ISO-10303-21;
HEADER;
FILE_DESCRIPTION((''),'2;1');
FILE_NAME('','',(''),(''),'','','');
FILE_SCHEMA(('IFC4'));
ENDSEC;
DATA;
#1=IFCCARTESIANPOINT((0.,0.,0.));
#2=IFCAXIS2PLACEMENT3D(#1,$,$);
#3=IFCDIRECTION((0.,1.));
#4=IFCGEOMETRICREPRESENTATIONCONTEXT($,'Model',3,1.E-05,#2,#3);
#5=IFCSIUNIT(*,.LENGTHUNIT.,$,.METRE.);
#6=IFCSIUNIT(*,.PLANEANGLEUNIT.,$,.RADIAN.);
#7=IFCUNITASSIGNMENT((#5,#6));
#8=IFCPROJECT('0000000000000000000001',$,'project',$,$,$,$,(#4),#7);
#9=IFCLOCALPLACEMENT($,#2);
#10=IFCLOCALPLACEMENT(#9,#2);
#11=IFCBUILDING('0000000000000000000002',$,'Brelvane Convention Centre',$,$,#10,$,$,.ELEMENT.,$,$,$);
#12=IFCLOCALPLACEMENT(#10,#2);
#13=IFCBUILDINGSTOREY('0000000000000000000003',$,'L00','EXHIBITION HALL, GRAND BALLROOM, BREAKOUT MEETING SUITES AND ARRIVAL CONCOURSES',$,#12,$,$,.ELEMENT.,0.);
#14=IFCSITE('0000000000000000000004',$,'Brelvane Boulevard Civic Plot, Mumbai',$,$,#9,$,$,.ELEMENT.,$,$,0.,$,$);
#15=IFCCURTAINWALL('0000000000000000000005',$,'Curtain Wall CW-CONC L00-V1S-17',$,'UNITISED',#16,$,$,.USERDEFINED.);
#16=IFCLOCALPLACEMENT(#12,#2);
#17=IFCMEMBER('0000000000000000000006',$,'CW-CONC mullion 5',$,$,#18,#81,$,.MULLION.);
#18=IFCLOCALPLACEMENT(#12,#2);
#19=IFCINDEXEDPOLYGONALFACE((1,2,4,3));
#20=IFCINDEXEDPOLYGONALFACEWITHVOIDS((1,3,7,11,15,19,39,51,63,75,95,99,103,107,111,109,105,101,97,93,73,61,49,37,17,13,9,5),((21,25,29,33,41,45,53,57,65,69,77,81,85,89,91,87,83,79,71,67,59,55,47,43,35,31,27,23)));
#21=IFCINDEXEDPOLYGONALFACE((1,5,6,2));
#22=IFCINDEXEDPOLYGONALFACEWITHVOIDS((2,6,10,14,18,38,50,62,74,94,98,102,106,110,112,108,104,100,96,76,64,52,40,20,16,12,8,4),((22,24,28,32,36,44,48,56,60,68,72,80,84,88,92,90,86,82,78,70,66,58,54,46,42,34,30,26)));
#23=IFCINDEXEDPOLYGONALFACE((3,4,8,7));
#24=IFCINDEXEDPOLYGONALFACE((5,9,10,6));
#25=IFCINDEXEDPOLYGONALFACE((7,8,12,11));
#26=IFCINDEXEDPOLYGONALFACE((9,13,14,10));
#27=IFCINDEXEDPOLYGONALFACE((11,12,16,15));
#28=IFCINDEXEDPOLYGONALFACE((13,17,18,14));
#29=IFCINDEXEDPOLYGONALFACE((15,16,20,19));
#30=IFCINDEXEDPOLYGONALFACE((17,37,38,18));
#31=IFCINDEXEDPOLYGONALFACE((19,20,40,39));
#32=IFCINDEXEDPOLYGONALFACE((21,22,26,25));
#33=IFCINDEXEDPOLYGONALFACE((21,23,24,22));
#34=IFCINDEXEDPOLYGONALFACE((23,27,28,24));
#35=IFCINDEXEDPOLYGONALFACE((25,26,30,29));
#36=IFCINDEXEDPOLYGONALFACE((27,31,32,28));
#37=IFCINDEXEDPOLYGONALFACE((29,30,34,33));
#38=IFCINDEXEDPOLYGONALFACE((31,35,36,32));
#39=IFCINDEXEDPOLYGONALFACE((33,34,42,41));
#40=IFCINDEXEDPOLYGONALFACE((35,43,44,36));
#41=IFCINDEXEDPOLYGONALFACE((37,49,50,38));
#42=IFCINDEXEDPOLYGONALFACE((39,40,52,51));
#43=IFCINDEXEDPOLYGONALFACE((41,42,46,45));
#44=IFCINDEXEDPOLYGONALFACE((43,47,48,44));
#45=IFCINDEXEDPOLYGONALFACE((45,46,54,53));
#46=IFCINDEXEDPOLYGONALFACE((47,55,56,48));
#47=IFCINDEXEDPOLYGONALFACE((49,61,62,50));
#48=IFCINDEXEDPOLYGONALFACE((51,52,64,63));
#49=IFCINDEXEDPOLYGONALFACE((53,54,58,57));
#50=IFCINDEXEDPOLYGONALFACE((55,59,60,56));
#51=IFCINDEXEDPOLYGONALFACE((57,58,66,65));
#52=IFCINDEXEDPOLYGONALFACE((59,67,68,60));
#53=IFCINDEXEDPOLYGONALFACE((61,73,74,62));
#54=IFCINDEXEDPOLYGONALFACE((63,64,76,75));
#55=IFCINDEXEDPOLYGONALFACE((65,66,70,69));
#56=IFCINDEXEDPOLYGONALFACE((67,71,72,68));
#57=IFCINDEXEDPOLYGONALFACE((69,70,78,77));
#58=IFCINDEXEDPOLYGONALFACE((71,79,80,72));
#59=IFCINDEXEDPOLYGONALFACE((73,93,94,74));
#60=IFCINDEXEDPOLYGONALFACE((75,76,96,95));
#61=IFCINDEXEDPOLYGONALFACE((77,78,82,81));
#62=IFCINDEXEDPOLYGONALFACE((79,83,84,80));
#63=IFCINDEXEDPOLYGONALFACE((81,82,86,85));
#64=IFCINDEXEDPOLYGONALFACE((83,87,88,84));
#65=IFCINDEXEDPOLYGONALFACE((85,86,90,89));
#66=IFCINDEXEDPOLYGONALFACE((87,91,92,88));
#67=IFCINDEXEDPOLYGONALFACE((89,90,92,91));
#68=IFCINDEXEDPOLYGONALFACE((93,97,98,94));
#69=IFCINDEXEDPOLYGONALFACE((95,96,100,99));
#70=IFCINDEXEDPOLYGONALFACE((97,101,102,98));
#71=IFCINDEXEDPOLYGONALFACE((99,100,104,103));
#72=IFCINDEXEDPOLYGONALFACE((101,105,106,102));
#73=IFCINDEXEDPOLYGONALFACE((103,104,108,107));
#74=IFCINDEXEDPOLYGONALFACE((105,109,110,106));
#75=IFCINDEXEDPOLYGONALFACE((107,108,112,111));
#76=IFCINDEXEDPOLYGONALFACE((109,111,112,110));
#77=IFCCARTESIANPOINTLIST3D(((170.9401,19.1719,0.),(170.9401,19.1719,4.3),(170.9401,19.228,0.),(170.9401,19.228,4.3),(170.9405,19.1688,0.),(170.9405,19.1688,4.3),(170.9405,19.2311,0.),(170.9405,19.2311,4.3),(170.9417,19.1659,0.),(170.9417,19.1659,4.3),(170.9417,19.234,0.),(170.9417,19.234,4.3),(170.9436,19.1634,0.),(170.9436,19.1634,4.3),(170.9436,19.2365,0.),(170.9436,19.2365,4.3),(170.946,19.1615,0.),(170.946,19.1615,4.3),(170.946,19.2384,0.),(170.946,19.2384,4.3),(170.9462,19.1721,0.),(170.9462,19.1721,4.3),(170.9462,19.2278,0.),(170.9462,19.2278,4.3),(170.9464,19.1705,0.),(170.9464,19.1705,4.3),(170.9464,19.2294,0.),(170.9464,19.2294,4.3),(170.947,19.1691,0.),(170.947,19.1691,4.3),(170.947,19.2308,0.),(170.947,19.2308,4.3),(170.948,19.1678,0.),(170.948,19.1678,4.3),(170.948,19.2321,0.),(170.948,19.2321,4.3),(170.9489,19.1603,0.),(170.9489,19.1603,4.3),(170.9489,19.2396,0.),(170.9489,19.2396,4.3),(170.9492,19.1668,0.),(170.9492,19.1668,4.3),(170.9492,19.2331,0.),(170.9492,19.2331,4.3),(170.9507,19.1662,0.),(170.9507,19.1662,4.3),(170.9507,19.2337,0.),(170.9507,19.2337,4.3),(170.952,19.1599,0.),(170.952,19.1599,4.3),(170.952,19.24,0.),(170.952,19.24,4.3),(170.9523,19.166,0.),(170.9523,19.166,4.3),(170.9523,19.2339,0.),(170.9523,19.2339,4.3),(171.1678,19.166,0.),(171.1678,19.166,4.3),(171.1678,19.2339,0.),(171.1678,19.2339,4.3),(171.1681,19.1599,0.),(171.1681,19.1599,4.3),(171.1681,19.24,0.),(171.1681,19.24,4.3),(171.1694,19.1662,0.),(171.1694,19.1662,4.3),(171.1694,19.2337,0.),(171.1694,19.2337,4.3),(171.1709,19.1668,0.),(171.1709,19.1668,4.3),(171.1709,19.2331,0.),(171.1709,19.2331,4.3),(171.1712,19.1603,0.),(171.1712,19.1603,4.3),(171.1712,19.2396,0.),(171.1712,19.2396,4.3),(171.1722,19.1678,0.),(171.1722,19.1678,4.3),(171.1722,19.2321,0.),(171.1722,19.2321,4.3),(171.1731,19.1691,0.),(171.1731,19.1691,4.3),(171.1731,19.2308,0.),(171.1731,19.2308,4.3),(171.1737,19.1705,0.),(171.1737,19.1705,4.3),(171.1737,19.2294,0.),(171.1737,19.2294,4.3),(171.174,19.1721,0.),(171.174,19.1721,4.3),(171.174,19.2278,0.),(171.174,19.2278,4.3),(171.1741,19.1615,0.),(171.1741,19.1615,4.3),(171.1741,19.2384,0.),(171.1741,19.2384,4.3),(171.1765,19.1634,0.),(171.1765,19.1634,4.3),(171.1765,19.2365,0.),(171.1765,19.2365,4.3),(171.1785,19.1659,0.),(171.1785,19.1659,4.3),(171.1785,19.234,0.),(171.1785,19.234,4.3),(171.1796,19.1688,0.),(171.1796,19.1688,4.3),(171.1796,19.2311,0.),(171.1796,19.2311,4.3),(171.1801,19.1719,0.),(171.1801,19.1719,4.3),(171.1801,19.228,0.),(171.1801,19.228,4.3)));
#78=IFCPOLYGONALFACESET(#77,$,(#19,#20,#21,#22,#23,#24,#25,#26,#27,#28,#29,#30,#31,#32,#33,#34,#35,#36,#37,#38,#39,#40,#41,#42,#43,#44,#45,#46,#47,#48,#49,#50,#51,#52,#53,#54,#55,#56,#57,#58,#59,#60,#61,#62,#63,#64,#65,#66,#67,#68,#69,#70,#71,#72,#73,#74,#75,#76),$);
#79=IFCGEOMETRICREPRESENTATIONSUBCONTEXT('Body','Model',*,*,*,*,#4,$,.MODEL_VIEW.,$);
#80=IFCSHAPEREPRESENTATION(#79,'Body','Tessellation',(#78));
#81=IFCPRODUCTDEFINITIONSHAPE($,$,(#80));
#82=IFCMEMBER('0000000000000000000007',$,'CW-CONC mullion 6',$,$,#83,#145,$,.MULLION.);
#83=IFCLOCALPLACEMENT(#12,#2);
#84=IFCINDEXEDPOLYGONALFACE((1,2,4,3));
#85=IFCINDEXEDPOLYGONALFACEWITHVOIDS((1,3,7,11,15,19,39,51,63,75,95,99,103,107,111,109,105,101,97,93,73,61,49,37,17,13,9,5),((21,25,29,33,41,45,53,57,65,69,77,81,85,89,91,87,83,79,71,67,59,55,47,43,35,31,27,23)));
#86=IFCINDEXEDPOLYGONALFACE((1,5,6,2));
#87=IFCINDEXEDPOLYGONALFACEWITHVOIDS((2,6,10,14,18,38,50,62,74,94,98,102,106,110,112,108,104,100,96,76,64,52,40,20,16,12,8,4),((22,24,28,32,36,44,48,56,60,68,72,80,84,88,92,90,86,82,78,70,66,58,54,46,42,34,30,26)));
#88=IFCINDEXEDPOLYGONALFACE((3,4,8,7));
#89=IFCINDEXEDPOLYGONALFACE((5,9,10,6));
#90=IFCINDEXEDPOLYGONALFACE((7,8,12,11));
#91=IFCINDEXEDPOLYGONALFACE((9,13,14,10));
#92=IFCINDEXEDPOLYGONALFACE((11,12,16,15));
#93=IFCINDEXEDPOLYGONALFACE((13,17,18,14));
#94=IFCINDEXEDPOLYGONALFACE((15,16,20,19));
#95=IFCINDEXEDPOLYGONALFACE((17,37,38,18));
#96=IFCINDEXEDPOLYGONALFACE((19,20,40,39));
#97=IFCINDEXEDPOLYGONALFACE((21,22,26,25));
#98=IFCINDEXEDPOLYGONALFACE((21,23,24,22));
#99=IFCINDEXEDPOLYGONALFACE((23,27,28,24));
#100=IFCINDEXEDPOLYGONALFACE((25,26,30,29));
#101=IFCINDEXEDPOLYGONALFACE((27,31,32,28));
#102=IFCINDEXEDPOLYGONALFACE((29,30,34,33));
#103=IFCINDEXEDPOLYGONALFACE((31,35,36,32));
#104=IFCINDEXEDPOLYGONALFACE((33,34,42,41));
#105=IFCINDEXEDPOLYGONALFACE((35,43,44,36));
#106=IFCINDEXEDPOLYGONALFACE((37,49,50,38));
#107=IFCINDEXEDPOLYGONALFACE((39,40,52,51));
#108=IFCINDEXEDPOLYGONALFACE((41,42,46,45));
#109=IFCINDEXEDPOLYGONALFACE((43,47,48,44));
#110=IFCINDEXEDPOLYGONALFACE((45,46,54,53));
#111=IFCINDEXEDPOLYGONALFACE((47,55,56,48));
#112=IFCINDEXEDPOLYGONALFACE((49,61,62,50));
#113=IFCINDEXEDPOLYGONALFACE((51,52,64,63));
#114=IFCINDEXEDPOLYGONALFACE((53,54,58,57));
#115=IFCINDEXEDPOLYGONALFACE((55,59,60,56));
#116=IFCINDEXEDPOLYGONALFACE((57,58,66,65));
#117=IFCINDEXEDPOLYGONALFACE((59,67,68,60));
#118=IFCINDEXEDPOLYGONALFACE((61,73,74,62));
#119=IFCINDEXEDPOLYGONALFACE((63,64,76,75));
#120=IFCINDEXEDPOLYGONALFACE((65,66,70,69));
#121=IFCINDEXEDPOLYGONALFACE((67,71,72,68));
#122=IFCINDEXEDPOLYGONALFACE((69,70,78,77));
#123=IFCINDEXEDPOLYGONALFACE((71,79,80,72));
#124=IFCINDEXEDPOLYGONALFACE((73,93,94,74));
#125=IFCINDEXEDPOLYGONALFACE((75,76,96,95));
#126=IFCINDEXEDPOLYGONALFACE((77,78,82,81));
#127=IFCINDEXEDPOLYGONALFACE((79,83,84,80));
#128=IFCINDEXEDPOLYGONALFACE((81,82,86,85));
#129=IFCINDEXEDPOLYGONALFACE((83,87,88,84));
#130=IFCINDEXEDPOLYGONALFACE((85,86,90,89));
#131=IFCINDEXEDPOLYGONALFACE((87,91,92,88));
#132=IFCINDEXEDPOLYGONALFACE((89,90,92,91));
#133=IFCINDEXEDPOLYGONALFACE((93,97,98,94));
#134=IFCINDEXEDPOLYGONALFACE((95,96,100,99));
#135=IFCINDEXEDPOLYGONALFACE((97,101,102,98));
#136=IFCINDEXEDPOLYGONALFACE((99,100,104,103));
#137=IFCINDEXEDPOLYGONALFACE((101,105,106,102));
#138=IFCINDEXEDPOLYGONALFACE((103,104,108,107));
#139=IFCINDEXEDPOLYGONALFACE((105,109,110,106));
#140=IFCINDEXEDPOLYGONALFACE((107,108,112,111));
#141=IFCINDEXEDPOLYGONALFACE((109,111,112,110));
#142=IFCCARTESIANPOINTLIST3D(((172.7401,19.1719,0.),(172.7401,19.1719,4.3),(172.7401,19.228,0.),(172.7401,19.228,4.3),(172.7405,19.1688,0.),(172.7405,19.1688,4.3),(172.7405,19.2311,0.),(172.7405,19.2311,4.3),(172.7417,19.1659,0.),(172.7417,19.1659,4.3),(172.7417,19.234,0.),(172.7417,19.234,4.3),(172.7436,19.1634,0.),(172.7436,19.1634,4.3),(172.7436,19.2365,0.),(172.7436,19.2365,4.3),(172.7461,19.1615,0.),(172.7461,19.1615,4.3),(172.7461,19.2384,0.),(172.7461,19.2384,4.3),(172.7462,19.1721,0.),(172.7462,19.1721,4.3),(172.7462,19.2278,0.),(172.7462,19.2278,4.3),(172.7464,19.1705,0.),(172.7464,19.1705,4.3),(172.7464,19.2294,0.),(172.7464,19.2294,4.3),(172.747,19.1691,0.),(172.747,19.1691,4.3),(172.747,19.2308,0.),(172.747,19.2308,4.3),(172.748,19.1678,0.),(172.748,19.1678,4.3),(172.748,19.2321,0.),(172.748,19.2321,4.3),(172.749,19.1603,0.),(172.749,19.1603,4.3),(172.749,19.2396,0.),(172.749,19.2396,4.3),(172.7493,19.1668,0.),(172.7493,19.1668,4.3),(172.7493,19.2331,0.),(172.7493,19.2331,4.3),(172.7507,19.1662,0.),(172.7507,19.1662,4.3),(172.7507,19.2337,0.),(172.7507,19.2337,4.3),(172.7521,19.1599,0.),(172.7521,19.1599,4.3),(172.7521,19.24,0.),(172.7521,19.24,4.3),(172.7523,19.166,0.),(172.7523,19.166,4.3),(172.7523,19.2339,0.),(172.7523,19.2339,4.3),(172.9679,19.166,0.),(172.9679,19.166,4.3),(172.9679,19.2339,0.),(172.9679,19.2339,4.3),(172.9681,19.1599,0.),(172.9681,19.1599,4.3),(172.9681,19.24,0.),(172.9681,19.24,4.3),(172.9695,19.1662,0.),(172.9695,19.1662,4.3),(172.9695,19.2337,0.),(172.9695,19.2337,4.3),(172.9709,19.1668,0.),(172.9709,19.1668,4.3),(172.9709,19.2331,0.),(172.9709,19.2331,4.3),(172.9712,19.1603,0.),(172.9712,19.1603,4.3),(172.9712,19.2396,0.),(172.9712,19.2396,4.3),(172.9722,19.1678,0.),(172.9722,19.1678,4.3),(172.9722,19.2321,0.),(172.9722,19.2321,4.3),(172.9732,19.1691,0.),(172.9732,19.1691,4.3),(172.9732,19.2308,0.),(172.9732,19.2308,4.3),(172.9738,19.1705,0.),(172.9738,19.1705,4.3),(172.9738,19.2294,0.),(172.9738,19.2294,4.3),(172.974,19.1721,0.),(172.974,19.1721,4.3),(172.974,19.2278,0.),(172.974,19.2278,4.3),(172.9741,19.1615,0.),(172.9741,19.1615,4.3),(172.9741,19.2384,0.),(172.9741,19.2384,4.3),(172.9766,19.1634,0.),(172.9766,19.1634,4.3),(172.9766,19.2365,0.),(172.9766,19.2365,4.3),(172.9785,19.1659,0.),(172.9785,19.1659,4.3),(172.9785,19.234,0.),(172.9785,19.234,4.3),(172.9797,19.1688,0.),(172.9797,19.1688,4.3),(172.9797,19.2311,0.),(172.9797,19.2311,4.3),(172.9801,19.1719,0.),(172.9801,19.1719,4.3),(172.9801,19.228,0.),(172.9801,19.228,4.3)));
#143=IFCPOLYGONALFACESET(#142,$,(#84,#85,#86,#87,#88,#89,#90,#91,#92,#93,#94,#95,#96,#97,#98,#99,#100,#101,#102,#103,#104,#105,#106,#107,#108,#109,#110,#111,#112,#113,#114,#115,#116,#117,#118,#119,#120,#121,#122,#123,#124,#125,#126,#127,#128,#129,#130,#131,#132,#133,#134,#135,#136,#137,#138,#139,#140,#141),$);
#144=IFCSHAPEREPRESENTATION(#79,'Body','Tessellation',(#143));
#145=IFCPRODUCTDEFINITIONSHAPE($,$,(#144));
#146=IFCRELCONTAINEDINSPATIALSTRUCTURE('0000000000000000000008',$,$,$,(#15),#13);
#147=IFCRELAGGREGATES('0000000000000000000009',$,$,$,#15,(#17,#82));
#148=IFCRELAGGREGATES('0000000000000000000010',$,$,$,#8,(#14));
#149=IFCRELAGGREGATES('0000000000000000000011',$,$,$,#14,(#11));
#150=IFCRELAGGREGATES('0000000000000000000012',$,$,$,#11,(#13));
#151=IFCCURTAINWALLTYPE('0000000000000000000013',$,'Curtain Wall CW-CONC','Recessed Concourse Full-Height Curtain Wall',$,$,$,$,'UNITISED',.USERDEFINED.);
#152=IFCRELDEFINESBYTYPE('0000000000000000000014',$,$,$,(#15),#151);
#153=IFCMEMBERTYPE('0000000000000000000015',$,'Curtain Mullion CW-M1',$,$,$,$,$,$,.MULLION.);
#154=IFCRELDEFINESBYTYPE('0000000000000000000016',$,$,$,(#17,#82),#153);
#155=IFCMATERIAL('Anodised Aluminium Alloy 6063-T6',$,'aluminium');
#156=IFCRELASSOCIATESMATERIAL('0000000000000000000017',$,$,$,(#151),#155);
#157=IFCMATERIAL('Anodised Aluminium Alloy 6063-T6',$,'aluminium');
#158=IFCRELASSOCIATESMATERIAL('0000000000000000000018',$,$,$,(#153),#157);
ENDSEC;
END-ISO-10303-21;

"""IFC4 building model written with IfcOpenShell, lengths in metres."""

from ifc_helpers import new_model, si_unit, direction, frame, origin, origin_2d, place, context, subcontext, project, spatial, hollow_rectangle, extrude, material, material_profile, profile_set, type_object, element, aggregate, save


model = new_model("IFC4")

# Units and contexts
model_context = context("Model", 3, precision=1e-05, world=origin(), true_north=direction((0.0, 1.0)))
body_context = subcontext(model_context, "Body", "Model", "MODEL_VIEW")
ifc_project = project(units=[si_unit("LENGTHUNIT", "METRE"), si_unit("PLANEANGLEUNIT", "RADIAN")], contexts=[model_context])

# Site, building, storey
site_placement = place(None, origin())
site = spatial("IfcSite", under=ifc_project, at=site_placement, Name="Brelvane Boulevard Civic Plot, Mumbai", CompositionType="ELEMENT", RefElevation=0.0)
building_placement = place(site_placement, origin())
building = spatial("IfcBuilding", under=site, at=building_placement, Name="Brelvane Convention Centre", CompositionType="ELEMENT")
storey_placement = place(building_placement, origin())
storey = spatial("IfcBuildingStorey", under=building, at=storey_placement, Name="L00", Description="EXHIBITION HALL, GRAND BALLROOM, BREAKOUT MEETING SUITES AND ARRIVAL CONCOURSES", CompositionType="ELEMENT", Elevation=0.0)

# Curtain wall, members
ifc_material_1 = material(Name="Anodised Aluminium Alloy 6063-T6", Category="aluminium")
curtain_wall_type = type_object("IfcCurtainWallType", Name="Curtain Wall CW-CONC", Description="Recessed Concourse Full-Height Curtain Wall", ElementType="UNITISED", PredefinedType="USERDEFINED", material=ifc_material_1)
curtain_wall_placement = place(storey_placement, origin())
curtain_wall = element("IfcCurtainWall", 1, at=curtain_wall_placement, inside=storey, type_object=curtain_wall_type, Name="Curtain Wall CW-CONC L00-V1S-17", ObjectType="UNITISED", PredefinedType="USERDEFINED")
ifc_material_2 = material(Name="Anodised Aluminium Alloy 6063-T6", Category="aluminium")
ifc_material_profile_1 = material_profile(ifc_material_2, hollow_rectangle(XDim=0.0801, YDim=0.24, WallThickness=0.0061, InnerFilletRadius=0.0061, OuterFilletRadius=0.012, at=origin_2d()), Name="ALU-M 240x80x6.0")
ifc_profile_set_1 = profile_set([ifc_material_profile_1], Name="Anodised Aluminium Alloy 6063-T6")
member_type_1 = type_object("IfcMemberType", Name="Curtain Mullion CW-M1", PredefinedType="MULLION", material=ifc_profile_set_1)
member_1_placement = place(storey_placement, frame((171.0601, 19.2, 0.0), z_axis=(0.0, 0.0, 1.0), x_axis=(0.0, 1.0, 0.0)))
member_1 = element("IfcMember", 2, at=member_1_placement, type_object=member_type_1, Name="CW-CONC mullion 5", PredefinedType="MULLION", context=body_context, shape_type="SweptSolid", body=[
    extrude(hollow_rectangle(XDim=0.0801, YDim=0.24, WallThickness=0.0061, InnerFilletRadius=0.0061, OuterFilletRadius=0.012, at=origin_2d()), origin(), (0.0, 0.0, 1.0), 4.3),
])
member_2_placement = place(storey_placement, frame((172.8601, 19.2, 0.0), z_axis=(0.0, 0.0, 1.0), x_axis=(0.0, 1.0, 0.0)))
member_2 = element("IfcMember", 3, at=member_2_placement, type_object=member_type_1, Name="CW-CONC mullion 6", PredefinedType="MULLION", context=body_context, shape_type="SweptSolid", body=[
    extrude(hollow_rectangle(XDim=0.0801, YDim=0.24, WallThickness=0.0061, InnerFilletRadius=0.0061, OuterFilletRadius=0.012, at=origin_2d()), origin(), (0.0, 0.0, 1.0), 4.3),
])

aggregate(curtain_wall, [member_1, member_2])

save(model, "model.ifc")
